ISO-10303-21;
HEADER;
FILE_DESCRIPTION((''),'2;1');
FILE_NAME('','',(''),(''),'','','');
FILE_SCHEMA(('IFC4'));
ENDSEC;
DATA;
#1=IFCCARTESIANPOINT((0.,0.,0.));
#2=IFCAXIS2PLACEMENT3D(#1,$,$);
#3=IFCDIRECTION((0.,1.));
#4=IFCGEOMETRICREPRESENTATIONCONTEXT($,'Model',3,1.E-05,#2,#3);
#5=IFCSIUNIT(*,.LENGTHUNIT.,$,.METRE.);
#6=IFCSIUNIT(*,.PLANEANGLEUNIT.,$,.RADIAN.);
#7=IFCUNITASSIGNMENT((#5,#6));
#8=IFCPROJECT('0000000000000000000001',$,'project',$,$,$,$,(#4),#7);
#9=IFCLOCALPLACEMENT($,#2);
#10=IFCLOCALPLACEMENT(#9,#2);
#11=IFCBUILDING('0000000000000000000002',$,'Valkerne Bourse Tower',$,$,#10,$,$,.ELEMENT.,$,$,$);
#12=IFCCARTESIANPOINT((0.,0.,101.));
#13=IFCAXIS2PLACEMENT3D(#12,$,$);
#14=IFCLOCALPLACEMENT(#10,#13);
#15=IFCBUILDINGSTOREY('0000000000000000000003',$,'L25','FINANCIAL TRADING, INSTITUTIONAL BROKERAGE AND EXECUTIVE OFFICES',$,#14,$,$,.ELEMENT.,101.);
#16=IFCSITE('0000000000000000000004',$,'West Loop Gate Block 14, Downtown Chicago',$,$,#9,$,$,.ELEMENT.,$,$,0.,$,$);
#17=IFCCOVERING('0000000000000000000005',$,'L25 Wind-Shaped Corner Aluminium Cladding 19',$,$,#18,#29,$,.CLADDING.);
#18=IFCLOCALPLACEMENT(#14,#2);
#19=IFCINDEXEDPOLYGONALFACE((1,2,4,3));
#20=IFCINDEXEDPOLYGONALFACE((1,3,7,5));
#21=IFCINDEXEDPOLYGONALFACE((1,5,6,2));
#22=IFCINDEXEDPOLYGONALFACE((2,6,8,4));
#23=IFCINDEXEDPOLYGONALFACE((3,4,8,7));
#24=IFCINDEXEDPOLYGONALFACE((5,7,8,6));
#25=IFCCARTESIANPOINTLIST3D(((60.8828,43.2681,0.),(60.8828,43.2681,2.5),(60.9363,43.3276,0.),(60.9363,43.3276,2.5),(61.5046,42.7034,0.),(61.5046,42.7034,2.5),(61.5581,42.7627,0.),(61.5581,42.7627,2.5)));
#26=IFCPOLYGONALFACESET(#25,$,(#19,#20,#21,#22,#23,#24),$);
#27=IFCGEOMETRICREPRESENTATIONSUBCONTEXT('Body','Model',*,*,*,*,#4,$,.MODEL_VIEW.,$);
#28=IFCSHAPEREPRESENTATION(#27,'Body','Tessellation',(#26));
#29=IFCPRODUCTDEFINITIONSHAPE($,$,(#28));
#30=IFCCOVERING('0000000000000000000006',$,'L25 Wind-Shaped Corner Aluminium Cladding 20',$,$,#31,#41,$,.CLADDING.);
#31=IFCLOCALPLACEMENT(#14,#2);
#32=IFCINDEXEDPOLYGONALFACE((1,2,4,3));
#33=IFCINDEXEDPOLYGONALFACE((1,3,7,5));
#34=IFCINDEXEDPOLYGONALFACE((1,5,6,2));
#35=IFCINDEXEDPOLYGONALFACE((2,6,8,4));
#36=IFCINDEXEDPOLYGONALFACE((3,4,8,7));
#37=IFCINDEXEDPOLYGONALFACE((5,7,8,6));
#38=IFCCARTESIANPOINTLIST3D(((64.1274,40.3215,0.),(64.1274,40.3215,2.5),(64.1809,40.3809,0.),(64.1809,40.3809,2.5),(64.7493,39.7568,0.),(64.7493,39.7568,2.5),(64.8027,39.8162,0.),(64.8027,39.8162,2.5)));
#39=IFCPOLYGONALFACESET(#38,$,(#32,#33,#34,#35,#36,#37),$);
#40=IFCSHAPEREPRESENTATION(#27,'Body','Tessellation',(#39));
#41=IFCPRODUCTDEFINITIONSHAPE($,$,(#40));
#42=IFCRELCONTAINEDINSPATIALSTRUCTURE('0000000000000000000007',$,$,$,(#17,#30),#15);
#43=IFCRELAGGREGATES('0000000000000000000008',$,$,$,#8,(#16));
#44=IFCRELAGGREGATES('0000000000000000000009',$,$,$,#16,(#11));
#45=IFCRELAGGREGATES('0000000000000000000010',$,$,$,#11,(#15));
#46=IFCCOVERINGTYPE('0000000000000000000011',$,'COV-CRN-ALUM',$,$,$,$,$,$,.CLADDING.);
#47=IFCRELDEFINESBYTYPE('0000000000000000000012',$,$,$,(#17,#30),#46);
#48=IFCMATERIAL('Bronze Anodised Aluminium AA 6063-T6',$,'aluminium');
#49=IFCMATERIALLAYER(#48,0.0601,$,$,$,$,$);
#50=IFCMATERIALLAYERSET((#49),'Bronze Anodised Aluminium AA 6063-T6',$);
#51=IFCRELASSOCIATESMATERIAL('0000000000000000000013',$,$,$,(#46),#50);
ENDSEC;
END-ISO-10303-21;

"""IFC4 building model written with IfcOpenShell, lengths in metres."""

from ifc_helpers import new_model, si_unit, direction, frame, origin, place, context, subcontext, project, spatial, polyline, outline, extrude, material, layer, layer_set, type_object, element, save


model = new_model("IFC4")

# Units and contexts
model_context = context("Model", 3, precision=1e-05, world=origin(), true_north=direction((0.0, 1.0)))
body_context = subcontext(model_context, "Body", "Model", "MODEL_VIEW")
ifc_project = project(units=[si_unit("LENGTHUNIT", "METRE"), si_unit("PLANEANGLEUNIT", "RADIAN")], contexts=[model_context])

# Site, building, storey
site_placement = place(None, origin())
site = spatial("IfcSite", under=ifc_project, at=site_placement, Name="West Loop Gate Block 14, Downtown Chicago", CompositionType="ELEMENT", RefElevation=0.0)
building_placement = place(site_placement, origin())
building = spatial("IfcBuilding", under=site, at=building_placement, Name="Valkerne Bourse Tower", CompositionType="ELEMENT")
storey_placement = place(building_placement, frame((0.0, 0.0, 101.0)))
storey = spatial("IfcBuildingStorey", under=building, at=storey_placement, Name="L25", Description="FINANCIAL TRADING, INSTITUTIONAL BROKERAGE AND EXECUTIVE OFFICES", CompositionType="ELEMENT", Elevation=101.0)

# Coverings
ifc_material_1 = material(Name="Bronze Anodised Aluminium AA 6063-T6", Category="aluminium")
ifc_layer_1 = layer(ifc_material_1, 0.0601)
ifc_layer_set_1 = layer_set([ifc_layer_1], Name="Bronze Anodised Aluminium AA 6063-T6")
covering_type = type_object("IfcCoveringType", Name="COV-CRN-ALUM", PredefinedType="CLADDING", material=ifc_layer_set_1)
covering_1_placement = place(storey_placement, origin())
element("IfcCovering", 1, at=covering_1_placement, inside=storey, type_object=covering_type, Name="L25 Wind-Shaped Corner Aluminium Cladding 19", PredefinedType="CLADDING", context=body_context, shape_type="SweptSolid", body=[
    extrude(outline(polyline([(61.5581, 42.7627), (61.5046, 42.7034), (60.8828, 43.2681), (60.9363, 43.3276), (61.5581, 42.7627)])), origin(), (0.0, 0.0, 1.0), 2.5),
])
covering_2_placement = place(storey_placement, origin())
element("IfcCovering", 2, at=covering_2_placement, inside=storey, type_object=covering_type, Name="L25 Wind-Shaped Corner Aluminium Cladding 20", PredefinedType="CLADDING", context=body_context, shape_type="SweptSolid", body=[
    extrude(outline(polyline([(64.8027, 39.8162), (64.7493, 39.7568), (64.1274, 40.3215), (64.1809, 40.3809), (64.8027, 39.8162)])), origin(), (0.0, 0.0, 1.0), 2.5),
])

save(model, "model.ifc")
